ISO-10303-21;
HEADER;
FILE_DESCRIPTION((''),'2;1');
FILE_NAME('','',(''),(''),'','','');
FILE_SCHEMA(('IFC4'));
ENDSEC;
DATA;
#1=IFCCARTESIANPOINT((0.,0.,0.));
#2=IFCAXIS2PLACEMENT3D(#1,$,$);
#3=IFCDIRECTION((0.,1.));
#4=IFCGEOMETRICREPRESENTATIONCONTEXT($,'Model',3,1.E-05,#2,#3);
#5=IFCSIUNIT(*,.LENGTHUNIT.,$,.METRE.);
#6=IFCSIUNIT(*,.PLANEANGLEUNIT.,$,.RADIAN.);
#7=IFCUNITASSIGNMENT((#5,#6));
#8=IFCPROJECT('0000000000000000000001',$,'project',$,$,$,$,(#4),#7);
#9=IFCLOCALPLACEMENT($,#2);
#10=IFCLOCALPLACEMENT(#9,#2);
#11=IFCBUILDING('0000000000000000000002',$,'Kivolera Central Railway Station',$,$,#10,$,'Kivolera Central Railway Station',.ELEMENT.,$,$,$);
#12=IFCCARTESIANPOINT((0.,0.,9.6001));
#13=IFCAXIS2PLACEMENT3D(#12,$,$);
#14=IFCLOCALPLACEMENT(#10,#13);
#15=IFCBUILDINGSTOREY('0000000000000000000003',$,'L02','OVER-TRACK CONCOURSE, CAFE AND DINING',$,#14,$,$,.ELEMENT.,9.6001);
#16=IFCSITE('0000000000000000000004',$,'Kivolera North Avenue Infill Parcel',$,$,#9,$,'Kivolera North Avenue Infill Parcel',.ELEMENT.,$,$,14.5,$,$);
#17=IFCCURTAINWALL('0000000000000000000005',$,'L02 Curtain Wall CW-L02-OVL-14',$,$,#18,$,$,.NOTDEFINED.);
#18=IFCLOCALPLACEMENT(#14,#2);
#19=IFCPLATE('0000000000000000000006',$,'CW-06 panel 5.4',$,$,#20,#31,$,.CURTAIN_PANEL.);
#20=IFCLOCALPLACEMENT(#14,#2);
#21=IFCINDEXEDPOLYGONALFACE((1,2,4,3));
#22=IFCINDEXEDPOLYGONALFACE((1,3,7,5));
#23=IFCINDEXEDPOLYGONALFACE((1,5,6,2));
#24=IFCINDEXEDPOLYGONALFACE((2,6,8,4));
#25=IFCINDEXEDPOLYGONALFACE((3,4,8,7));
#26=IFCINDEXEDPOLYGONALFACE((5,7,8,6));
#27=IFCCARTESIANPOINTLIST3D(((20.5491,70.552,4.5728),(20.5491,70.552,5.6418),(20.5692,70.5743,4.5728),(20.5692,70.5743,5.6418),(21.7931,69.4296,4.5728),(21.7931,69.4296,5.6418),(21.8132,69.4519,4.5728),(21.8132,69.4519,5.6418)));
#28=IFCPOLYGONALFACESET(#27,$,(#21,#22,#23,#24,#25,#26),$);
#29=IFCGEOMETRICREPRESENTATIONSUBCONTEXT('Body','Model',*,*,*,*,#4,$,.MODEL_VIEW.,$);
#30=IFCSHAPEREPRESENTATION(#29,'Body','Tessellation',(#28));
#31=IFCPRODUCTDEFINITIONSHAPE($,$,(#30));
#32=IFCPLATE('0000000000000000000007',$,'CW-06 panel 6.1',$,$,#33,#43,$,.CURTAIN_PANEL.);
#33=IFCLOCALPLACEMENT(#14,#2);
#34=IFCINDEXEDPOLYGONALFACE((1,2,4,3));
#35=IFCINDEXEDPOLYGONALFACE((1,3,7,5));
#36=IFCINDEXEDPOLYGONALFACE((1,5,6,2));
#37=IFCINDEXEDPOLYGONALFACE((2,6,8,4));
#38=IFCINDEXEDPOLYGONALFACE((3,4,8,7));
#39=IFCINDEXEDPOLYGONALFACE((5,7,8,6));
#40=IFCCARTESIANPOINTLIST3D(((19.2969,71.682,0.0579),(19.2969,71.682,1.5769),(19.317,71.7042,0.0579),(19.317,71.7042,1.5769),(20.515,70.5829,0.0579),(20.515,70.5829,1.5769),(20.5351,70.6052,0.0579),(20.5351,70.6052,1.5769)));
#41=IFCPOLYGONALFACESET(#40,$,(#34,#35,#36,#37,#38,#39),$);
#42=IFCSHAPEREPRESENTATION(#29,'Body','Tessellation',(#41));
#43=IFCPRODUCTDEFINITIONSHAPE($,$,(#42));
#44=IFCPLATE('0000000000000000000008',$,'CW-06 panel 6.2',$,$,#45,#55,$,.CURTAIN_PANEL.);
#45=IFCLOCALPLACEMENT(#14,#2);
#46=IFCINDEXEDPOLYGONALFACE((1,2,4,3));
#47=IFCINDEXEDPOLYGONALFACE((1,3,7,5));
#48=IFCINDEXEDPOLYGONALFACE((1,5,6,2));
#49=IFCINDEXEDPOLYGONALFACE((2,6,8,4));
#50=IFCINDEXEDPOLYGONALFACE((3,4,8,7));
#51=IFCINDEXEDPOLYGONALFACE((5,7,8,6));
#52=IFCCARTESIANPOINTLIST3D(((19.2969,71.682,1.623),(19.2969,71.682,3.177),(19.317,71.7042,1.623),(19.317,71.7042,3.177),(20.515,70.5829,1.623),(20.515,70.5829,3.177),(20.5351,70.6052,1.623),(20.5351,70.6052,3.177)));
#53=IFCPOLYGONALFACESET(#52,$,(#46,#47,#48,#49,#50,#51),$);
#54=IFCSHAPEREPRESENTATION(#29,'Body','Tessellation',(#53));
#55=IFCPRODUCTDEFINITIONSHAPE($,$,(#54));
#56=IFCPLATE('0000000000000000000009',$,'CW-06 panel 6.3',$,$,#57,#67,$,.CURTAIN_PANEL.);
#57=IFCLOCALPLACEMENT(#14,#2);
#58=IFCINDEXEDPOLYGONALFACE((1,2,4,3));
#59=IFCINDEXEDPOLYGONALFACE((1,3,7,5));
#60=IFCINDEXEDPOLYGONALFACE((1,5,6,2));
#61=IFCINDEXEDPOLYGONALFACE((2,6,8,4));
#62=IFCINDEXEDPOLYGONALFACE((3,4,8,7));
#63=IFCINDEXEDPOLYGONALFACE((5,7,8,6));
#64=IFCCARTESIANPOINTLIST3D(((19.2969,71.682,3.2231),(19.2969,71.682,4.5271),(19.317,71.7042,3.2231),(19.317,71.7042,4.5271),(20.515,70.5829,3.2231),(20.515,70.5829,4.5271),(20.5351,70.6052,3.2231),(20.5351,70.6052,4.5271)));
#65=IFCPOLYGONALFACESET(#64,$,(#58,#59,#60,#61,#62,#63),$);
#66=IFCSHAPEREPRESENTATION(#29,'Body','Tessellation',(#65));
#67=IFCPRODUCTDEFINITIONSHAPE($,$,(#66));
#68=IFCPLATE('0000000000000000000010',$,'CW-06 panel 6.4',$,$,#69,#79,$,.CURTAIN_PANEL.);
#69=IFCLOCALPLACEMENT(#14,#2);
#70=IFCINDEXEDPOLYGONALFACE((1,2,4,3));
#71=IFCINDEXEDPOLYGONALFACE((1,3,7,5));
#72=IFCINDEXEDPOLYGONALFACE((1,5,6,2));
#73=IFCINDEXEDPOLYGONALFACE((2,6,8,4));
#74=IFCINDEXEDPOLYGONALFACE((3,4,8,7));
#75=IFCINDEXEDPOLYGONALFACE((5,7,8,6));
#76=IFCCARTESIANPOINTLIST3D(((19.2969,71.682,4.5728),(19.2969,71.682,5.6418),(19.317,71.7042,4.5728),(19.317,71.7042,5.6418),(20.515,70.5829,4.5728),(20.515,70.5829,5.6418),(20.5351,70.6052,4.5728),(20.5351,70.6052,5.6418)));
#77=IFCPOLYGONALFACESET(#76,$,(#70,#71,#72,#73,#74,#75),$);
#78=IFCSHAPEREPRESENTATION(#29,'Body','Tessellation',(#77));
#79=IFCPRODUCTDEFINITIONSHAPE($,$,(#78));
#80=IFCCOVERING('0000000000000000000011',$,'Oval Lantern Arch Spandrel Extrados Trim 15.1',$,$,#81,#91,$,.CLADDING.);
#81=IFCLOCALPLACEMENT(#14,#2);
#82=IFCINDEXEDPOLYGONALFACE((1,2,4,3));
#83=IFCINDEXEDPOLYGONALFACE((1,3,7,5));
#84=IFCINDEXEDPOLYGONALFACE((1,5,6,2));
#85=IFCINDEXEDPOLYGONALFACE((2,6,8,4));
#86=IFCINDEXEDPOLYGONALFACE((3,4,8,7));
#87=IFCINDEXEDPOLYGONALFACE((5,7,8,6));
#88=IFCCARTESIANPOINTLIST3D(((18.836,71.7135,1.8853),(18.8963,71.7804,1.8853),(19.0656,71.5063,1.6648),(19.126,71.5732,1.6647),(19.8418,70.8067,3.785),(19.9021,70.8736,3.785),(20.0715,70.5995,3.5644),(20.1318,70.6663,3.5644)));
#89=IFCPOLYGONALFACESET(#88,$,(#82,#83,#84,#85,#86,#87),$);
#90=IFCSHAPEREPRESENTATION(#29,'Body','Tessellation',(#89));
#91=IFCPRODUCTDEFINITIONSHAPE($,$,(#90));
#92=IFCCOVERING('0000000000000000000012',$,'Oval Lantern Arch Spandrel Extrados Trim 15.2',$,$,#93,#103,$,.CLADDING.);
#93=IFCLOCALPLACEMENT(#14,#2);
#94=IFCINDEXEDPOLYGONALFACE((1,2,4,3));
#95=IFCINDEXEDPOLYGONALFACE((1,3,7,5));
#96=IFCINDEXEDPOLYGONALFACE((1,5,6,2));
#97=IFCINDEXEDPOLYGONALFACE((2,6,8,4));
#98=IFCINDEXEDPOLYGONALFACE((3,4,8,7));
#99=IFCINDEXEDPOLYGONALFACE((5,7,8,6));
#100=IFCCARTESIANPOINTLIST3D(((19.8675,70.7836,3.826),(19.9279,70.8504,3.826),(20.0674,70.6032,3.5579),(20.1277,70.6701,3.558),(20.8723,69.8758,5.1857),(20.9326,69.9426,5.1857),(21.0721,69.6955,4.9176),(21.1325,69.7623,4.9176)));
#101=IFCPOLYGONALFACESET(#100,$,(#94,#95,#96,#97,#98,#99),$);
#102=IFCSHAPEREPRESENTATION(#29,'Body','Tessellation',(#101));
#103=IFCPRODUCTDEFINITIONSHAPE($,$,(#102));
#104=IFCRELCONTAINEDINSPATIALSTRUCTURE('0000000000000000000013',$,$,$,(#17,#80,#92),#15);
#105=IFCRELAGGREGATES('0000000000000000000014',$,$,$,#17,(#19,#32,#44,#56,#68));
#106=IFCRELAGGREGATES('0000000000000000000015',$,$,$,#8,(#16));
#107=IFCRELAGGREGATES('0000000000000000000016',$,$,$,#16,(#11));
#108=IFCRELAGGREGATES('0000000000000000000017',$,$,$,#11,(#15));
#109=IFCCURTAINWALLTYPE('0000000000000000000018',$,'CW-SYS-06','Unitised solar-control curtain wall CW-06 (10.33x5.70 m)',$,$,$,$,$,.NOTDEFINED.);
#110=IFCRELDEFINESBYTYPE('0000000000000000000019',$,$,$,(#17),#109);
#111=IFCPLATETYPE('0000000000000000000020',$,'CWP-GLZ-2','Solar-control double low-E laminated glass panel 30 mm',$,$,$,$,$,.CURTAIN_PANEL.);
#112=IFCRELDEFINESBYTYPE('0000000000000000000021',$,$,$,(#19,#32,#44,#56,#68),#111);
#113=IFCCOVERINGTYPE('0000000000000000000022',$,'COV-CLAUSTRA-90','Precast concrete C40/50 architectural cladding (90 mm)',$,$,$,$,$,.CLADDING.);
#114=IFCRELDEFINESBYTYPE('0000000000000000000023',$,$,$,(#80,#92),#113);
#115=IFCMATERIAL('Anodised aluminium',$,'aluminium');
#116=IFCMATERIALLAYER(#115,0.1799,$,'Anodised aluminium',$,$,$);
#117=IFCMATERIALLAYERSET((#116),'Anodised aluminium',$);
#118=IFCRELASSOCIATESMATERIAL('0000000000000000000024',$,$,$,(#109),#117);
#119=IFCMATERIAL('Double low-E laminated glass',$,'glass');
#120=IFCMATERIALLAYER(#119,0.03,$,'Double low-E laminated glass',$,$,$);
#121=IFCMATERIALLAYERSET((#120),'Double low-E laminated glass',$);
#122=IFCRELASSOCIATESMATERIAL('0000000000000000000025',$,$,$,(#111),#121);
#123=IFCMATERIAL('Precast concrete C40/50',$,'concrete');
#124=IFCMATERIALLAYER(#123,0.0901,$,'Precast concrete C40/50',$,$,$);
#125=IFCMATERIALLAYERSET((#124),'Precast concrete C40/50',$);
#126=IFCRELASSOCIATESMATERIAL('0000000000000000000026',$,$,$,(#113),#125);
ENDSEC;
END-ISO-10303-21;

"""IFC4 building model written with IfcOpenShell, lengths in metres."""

from ifc_helpers import new_model, si_unit, direction, frame, origin, origin_2d, place, context, subcontext, project, spatial, rectangle, extrude, material, layer, layer_set, type_object, element, aggregate, save


model = new_model("IFC4")

# Units and contexts
model_context = context("Model", 3, precision=1e-05, world=origin(), true_north=direction((0.0, 1.0)))
body_context = subcontext(model_context, "Body", "Model", "MODEL_VIEW")
ifc_project = project(units=[si_unit("LENGTHUNIT", "METRE"), si_unit("PLANEANGLEUNIT", "RADIAN")], contexts=[model_context])

# Site, building, storey
site_placement = place(None, origin())
site = spatial("IfcSite", under=ifc_project, at=site_placement, Name="Kivolera North Avenue Infill Parcel", LongName="Kivolera North Avenue Infill Parcel", CompositionType="ELEMENT", RefElevation=14.5)
building_placement = place(site_placement, origin())
building = spatial("IfcBuilding", under=site, at=building_placement, Name="Kivolera Central Railway Station", LongName="Kivolera Central Railway Station", CompositionType="ELEMENT")
storey_placement = place(building_placement, frame((0.0, 0.0, 9.6001)))
storey = spatial("IfcBuildingStorey", under=building, at=storey_placement, Name="L02", Description="OVER-TRACK CONCOURSE, CAFE AND DINING", CompositionType="ELEMENT", Elevation=9.6001)

# Curtain wall, plates
ifc_material_1 = material(Name="Anodised aluminium", Category="aluminium")
ifc_layer_1 = layer(ifc_material_1, 0.1799, Name="Anodised aluminium")
ifc_layer_set_1 = layer_set([ifc_layer_1], Name="Anodised aluminium")
curtain_wall_type = type_object("IfcCurtainWallType", Name="CW-SYS-06", Description="Unitised solar-control curtain wall CW-06 (10.33x5.70 m)", PredefinedType="NOTDEFINED", material=ifc_layer_set_1)
curtain_wall_placement = place(storey_placement, origin())
curtain_wall = element("IfcCurtainWall", 1, at=curtain_wall_placement, inside=storey, type_object=curtain_wall_type, Name="L02 Curtain Wall CW-L02-OVL-14", PredefinedType="NOTDEFINED")
ifc_material_2 = material(Name="Double low-E laminated glass", Category="glass")
ifc_layer_2 = layer(ifc_material_2, 0.03, Name="Double low-E laminated glass")
ifc_layer_set_2 = layer_set([ifc_layer_2], Name="Double low-E laminated glass")
plate_type = type_object("IfcPlateType", Name="CWP-GLZ-2", Description="Solar-control double low-E laminated glass panel 30 mm", PredefinedType="CURTAIN_PANEL", material=ifc_layer_set_2)
plate_1_placement = place(storey_placement, frame((21.1812, 70.002, 4.5728), z_axis=(0.0, 0.0, 1.0), x_axis=(-0.742432, 0.669922, 0.0)))
plate_1 = element("IfcPlate", 2, at=plate_1_placement, type_object=plate_type, Name="CW-06 panel 5.4", PredefinedType="CURTAIN_PANEL", context=body_context, shape_type="SweptSolid", body=[
    extrude(rectangle(XDim=1.6755, YDim=0.03, at=origin_2d()), origin(), (0.0, 0.0, 1.0), 1.0691),
])
plate_2_placement = place(storey_placement, frame((19.916, 71.1436, 0.0579), z_axis=(0.0, 0.0, 1.0), x_axis=(-0.742432, 0.669922, 0.0)))
plate_2 = element("IfcPlate", 3, at=plate_2_placement, type_object=plate_type, Name="CW-06 panel 6.1", PredefinedType="CURTAIN_PANEL", context=body_context, shape_type="SweptSolid", body=[
    extrude(rectangle(XDim=1.6406, YDim=0.03, at=origin_2d()), origin(), (0.0, 0.0, 1.0), 1.519),
])
plate_3_placement = place(storey_placement, frame((19.916, 71.1436, 1.623), z_axis=(0.0, 0.0, 1.0), x_axis=(-0.742432, 0.669922, 0.0)))
plate_3 = element("IfcPlate", 4, at=plate_3_placement, type_object=plate_type, Name="CW-06 panel 6.2", PredefinedType="CURTAIN_PANEL", context=body_context, shape_type="SweptSolid", body=[
    extrude(rectangle(XDim=1.6406, YDim=0.03, at=origin_2d()), origin(), (0.0, 0.0, 1.0), 1.554),
])
plate_4_placement = place(storey_placement, frame((19.916, 71.1436, 3.2231), z_axis=(0.0, 0.0, 1.0), x_axis=(-0.742432, 0.669922, 0.0)))
plate_4 = element("IfcPlate", 5, at=plate_4_placement, type_object=plate_type, Name="CW-06 panel 6.3", PredefinedType="CURTAIN_PANEL", context=body_context, shape_type="SweptSolid", body=[
    extrude(rectangle(XDim=1.6406, YDim=0.03, at=origin_2d()), origin(), (0.0, 0.0, 1.0), 1.304),
])
plate_5_placement = place(storey_placement, frame((19.916, 71.1436, 4.5728), z_axis=(0.0, 0.0, 1.0), x_axis=(-0.742432, 0.669922, 0.0)))
plate_5 = element("IfcPlate", 6, at=plate_5_placement, type_object=plate_type, Name="CW-06 panel 6.4", PredefinedType="CURTAIN_PANEL", context=body_context, shape_type="SweptSolid", body=[
    extrude(rectangle(XDim=1.6406, YDim=0.03, at=origin_2d()), origin(), (0.0, 0.0, 1.0), 1.0691),
])
aggregate(curtain_wall, [plate_1, plate_2, plate_3, plate_4, plate_5])

# Coverings
ifc_material_3 = material(Name="Precast concrete C40/50", Category="concrete")
ifc_layer_3 = layer(ifc_material_3, 0.0901, Name="Precast concrete C40/50")
ifc_layer_set_3 = layer_set([ifc_layer_3], Name="Precast concrete C40/50")
covering_type = type_object("IfcCoveringType", Name="COV-CLAUSTRA-90", Description="Precast concrete C40/50 architectural cladding (90 mm)", PredefinedType="CLADDING", material=ifc_layer_set_3)
covering_1_placement = place(storey_placement, frame((19.4839, 71.1899, 2.7249), z_axis=(0.431133, -0.388706, 0.814268), x_axis=(-0.669922, -0.742431, 0.0)))
element("IfcCovering", 7, at=covering_1_placement, inside=storey, type_object=covering_type, Name="Oval Lantern Arch Spandrel Extrados Trim 15.1", PredefinedType="CLADDING", context=body_context, shape_type="SweptSolid", body=[
    extrude(rectangle(XDim=0.0901, YDim=0.3799, at=origin_2d()), frame((0.0, 0.0, -1.1665)), (0.0, 0.0, 1.0), 2.333),
])
covering_2_placement = place(storey_placement, frame((20.5, 70.2729, 4.3718), z_axis=(0.523602, -0.473065, 0.708555), x_axis=(-0.669922, -0.742431, 0.0)))
element("IfcCovering", 8, at=covering_2_placement, inside=storey, type_object=covering_type, Name="Oval Lantern Arch Spandrel Extrados Trim 15.2", PredefinedType="CLADDING", context=body_context, shape_type="SweptSolid", body=[
    extrude(rectangle(XDim=0.0901, YDim=0.3799, at=origin_2d()), frame((0.0, 0.0, -0.9595)), (0.0, 0.0, 1.0), 1.9189),
])

save(model, "model.ifc")
